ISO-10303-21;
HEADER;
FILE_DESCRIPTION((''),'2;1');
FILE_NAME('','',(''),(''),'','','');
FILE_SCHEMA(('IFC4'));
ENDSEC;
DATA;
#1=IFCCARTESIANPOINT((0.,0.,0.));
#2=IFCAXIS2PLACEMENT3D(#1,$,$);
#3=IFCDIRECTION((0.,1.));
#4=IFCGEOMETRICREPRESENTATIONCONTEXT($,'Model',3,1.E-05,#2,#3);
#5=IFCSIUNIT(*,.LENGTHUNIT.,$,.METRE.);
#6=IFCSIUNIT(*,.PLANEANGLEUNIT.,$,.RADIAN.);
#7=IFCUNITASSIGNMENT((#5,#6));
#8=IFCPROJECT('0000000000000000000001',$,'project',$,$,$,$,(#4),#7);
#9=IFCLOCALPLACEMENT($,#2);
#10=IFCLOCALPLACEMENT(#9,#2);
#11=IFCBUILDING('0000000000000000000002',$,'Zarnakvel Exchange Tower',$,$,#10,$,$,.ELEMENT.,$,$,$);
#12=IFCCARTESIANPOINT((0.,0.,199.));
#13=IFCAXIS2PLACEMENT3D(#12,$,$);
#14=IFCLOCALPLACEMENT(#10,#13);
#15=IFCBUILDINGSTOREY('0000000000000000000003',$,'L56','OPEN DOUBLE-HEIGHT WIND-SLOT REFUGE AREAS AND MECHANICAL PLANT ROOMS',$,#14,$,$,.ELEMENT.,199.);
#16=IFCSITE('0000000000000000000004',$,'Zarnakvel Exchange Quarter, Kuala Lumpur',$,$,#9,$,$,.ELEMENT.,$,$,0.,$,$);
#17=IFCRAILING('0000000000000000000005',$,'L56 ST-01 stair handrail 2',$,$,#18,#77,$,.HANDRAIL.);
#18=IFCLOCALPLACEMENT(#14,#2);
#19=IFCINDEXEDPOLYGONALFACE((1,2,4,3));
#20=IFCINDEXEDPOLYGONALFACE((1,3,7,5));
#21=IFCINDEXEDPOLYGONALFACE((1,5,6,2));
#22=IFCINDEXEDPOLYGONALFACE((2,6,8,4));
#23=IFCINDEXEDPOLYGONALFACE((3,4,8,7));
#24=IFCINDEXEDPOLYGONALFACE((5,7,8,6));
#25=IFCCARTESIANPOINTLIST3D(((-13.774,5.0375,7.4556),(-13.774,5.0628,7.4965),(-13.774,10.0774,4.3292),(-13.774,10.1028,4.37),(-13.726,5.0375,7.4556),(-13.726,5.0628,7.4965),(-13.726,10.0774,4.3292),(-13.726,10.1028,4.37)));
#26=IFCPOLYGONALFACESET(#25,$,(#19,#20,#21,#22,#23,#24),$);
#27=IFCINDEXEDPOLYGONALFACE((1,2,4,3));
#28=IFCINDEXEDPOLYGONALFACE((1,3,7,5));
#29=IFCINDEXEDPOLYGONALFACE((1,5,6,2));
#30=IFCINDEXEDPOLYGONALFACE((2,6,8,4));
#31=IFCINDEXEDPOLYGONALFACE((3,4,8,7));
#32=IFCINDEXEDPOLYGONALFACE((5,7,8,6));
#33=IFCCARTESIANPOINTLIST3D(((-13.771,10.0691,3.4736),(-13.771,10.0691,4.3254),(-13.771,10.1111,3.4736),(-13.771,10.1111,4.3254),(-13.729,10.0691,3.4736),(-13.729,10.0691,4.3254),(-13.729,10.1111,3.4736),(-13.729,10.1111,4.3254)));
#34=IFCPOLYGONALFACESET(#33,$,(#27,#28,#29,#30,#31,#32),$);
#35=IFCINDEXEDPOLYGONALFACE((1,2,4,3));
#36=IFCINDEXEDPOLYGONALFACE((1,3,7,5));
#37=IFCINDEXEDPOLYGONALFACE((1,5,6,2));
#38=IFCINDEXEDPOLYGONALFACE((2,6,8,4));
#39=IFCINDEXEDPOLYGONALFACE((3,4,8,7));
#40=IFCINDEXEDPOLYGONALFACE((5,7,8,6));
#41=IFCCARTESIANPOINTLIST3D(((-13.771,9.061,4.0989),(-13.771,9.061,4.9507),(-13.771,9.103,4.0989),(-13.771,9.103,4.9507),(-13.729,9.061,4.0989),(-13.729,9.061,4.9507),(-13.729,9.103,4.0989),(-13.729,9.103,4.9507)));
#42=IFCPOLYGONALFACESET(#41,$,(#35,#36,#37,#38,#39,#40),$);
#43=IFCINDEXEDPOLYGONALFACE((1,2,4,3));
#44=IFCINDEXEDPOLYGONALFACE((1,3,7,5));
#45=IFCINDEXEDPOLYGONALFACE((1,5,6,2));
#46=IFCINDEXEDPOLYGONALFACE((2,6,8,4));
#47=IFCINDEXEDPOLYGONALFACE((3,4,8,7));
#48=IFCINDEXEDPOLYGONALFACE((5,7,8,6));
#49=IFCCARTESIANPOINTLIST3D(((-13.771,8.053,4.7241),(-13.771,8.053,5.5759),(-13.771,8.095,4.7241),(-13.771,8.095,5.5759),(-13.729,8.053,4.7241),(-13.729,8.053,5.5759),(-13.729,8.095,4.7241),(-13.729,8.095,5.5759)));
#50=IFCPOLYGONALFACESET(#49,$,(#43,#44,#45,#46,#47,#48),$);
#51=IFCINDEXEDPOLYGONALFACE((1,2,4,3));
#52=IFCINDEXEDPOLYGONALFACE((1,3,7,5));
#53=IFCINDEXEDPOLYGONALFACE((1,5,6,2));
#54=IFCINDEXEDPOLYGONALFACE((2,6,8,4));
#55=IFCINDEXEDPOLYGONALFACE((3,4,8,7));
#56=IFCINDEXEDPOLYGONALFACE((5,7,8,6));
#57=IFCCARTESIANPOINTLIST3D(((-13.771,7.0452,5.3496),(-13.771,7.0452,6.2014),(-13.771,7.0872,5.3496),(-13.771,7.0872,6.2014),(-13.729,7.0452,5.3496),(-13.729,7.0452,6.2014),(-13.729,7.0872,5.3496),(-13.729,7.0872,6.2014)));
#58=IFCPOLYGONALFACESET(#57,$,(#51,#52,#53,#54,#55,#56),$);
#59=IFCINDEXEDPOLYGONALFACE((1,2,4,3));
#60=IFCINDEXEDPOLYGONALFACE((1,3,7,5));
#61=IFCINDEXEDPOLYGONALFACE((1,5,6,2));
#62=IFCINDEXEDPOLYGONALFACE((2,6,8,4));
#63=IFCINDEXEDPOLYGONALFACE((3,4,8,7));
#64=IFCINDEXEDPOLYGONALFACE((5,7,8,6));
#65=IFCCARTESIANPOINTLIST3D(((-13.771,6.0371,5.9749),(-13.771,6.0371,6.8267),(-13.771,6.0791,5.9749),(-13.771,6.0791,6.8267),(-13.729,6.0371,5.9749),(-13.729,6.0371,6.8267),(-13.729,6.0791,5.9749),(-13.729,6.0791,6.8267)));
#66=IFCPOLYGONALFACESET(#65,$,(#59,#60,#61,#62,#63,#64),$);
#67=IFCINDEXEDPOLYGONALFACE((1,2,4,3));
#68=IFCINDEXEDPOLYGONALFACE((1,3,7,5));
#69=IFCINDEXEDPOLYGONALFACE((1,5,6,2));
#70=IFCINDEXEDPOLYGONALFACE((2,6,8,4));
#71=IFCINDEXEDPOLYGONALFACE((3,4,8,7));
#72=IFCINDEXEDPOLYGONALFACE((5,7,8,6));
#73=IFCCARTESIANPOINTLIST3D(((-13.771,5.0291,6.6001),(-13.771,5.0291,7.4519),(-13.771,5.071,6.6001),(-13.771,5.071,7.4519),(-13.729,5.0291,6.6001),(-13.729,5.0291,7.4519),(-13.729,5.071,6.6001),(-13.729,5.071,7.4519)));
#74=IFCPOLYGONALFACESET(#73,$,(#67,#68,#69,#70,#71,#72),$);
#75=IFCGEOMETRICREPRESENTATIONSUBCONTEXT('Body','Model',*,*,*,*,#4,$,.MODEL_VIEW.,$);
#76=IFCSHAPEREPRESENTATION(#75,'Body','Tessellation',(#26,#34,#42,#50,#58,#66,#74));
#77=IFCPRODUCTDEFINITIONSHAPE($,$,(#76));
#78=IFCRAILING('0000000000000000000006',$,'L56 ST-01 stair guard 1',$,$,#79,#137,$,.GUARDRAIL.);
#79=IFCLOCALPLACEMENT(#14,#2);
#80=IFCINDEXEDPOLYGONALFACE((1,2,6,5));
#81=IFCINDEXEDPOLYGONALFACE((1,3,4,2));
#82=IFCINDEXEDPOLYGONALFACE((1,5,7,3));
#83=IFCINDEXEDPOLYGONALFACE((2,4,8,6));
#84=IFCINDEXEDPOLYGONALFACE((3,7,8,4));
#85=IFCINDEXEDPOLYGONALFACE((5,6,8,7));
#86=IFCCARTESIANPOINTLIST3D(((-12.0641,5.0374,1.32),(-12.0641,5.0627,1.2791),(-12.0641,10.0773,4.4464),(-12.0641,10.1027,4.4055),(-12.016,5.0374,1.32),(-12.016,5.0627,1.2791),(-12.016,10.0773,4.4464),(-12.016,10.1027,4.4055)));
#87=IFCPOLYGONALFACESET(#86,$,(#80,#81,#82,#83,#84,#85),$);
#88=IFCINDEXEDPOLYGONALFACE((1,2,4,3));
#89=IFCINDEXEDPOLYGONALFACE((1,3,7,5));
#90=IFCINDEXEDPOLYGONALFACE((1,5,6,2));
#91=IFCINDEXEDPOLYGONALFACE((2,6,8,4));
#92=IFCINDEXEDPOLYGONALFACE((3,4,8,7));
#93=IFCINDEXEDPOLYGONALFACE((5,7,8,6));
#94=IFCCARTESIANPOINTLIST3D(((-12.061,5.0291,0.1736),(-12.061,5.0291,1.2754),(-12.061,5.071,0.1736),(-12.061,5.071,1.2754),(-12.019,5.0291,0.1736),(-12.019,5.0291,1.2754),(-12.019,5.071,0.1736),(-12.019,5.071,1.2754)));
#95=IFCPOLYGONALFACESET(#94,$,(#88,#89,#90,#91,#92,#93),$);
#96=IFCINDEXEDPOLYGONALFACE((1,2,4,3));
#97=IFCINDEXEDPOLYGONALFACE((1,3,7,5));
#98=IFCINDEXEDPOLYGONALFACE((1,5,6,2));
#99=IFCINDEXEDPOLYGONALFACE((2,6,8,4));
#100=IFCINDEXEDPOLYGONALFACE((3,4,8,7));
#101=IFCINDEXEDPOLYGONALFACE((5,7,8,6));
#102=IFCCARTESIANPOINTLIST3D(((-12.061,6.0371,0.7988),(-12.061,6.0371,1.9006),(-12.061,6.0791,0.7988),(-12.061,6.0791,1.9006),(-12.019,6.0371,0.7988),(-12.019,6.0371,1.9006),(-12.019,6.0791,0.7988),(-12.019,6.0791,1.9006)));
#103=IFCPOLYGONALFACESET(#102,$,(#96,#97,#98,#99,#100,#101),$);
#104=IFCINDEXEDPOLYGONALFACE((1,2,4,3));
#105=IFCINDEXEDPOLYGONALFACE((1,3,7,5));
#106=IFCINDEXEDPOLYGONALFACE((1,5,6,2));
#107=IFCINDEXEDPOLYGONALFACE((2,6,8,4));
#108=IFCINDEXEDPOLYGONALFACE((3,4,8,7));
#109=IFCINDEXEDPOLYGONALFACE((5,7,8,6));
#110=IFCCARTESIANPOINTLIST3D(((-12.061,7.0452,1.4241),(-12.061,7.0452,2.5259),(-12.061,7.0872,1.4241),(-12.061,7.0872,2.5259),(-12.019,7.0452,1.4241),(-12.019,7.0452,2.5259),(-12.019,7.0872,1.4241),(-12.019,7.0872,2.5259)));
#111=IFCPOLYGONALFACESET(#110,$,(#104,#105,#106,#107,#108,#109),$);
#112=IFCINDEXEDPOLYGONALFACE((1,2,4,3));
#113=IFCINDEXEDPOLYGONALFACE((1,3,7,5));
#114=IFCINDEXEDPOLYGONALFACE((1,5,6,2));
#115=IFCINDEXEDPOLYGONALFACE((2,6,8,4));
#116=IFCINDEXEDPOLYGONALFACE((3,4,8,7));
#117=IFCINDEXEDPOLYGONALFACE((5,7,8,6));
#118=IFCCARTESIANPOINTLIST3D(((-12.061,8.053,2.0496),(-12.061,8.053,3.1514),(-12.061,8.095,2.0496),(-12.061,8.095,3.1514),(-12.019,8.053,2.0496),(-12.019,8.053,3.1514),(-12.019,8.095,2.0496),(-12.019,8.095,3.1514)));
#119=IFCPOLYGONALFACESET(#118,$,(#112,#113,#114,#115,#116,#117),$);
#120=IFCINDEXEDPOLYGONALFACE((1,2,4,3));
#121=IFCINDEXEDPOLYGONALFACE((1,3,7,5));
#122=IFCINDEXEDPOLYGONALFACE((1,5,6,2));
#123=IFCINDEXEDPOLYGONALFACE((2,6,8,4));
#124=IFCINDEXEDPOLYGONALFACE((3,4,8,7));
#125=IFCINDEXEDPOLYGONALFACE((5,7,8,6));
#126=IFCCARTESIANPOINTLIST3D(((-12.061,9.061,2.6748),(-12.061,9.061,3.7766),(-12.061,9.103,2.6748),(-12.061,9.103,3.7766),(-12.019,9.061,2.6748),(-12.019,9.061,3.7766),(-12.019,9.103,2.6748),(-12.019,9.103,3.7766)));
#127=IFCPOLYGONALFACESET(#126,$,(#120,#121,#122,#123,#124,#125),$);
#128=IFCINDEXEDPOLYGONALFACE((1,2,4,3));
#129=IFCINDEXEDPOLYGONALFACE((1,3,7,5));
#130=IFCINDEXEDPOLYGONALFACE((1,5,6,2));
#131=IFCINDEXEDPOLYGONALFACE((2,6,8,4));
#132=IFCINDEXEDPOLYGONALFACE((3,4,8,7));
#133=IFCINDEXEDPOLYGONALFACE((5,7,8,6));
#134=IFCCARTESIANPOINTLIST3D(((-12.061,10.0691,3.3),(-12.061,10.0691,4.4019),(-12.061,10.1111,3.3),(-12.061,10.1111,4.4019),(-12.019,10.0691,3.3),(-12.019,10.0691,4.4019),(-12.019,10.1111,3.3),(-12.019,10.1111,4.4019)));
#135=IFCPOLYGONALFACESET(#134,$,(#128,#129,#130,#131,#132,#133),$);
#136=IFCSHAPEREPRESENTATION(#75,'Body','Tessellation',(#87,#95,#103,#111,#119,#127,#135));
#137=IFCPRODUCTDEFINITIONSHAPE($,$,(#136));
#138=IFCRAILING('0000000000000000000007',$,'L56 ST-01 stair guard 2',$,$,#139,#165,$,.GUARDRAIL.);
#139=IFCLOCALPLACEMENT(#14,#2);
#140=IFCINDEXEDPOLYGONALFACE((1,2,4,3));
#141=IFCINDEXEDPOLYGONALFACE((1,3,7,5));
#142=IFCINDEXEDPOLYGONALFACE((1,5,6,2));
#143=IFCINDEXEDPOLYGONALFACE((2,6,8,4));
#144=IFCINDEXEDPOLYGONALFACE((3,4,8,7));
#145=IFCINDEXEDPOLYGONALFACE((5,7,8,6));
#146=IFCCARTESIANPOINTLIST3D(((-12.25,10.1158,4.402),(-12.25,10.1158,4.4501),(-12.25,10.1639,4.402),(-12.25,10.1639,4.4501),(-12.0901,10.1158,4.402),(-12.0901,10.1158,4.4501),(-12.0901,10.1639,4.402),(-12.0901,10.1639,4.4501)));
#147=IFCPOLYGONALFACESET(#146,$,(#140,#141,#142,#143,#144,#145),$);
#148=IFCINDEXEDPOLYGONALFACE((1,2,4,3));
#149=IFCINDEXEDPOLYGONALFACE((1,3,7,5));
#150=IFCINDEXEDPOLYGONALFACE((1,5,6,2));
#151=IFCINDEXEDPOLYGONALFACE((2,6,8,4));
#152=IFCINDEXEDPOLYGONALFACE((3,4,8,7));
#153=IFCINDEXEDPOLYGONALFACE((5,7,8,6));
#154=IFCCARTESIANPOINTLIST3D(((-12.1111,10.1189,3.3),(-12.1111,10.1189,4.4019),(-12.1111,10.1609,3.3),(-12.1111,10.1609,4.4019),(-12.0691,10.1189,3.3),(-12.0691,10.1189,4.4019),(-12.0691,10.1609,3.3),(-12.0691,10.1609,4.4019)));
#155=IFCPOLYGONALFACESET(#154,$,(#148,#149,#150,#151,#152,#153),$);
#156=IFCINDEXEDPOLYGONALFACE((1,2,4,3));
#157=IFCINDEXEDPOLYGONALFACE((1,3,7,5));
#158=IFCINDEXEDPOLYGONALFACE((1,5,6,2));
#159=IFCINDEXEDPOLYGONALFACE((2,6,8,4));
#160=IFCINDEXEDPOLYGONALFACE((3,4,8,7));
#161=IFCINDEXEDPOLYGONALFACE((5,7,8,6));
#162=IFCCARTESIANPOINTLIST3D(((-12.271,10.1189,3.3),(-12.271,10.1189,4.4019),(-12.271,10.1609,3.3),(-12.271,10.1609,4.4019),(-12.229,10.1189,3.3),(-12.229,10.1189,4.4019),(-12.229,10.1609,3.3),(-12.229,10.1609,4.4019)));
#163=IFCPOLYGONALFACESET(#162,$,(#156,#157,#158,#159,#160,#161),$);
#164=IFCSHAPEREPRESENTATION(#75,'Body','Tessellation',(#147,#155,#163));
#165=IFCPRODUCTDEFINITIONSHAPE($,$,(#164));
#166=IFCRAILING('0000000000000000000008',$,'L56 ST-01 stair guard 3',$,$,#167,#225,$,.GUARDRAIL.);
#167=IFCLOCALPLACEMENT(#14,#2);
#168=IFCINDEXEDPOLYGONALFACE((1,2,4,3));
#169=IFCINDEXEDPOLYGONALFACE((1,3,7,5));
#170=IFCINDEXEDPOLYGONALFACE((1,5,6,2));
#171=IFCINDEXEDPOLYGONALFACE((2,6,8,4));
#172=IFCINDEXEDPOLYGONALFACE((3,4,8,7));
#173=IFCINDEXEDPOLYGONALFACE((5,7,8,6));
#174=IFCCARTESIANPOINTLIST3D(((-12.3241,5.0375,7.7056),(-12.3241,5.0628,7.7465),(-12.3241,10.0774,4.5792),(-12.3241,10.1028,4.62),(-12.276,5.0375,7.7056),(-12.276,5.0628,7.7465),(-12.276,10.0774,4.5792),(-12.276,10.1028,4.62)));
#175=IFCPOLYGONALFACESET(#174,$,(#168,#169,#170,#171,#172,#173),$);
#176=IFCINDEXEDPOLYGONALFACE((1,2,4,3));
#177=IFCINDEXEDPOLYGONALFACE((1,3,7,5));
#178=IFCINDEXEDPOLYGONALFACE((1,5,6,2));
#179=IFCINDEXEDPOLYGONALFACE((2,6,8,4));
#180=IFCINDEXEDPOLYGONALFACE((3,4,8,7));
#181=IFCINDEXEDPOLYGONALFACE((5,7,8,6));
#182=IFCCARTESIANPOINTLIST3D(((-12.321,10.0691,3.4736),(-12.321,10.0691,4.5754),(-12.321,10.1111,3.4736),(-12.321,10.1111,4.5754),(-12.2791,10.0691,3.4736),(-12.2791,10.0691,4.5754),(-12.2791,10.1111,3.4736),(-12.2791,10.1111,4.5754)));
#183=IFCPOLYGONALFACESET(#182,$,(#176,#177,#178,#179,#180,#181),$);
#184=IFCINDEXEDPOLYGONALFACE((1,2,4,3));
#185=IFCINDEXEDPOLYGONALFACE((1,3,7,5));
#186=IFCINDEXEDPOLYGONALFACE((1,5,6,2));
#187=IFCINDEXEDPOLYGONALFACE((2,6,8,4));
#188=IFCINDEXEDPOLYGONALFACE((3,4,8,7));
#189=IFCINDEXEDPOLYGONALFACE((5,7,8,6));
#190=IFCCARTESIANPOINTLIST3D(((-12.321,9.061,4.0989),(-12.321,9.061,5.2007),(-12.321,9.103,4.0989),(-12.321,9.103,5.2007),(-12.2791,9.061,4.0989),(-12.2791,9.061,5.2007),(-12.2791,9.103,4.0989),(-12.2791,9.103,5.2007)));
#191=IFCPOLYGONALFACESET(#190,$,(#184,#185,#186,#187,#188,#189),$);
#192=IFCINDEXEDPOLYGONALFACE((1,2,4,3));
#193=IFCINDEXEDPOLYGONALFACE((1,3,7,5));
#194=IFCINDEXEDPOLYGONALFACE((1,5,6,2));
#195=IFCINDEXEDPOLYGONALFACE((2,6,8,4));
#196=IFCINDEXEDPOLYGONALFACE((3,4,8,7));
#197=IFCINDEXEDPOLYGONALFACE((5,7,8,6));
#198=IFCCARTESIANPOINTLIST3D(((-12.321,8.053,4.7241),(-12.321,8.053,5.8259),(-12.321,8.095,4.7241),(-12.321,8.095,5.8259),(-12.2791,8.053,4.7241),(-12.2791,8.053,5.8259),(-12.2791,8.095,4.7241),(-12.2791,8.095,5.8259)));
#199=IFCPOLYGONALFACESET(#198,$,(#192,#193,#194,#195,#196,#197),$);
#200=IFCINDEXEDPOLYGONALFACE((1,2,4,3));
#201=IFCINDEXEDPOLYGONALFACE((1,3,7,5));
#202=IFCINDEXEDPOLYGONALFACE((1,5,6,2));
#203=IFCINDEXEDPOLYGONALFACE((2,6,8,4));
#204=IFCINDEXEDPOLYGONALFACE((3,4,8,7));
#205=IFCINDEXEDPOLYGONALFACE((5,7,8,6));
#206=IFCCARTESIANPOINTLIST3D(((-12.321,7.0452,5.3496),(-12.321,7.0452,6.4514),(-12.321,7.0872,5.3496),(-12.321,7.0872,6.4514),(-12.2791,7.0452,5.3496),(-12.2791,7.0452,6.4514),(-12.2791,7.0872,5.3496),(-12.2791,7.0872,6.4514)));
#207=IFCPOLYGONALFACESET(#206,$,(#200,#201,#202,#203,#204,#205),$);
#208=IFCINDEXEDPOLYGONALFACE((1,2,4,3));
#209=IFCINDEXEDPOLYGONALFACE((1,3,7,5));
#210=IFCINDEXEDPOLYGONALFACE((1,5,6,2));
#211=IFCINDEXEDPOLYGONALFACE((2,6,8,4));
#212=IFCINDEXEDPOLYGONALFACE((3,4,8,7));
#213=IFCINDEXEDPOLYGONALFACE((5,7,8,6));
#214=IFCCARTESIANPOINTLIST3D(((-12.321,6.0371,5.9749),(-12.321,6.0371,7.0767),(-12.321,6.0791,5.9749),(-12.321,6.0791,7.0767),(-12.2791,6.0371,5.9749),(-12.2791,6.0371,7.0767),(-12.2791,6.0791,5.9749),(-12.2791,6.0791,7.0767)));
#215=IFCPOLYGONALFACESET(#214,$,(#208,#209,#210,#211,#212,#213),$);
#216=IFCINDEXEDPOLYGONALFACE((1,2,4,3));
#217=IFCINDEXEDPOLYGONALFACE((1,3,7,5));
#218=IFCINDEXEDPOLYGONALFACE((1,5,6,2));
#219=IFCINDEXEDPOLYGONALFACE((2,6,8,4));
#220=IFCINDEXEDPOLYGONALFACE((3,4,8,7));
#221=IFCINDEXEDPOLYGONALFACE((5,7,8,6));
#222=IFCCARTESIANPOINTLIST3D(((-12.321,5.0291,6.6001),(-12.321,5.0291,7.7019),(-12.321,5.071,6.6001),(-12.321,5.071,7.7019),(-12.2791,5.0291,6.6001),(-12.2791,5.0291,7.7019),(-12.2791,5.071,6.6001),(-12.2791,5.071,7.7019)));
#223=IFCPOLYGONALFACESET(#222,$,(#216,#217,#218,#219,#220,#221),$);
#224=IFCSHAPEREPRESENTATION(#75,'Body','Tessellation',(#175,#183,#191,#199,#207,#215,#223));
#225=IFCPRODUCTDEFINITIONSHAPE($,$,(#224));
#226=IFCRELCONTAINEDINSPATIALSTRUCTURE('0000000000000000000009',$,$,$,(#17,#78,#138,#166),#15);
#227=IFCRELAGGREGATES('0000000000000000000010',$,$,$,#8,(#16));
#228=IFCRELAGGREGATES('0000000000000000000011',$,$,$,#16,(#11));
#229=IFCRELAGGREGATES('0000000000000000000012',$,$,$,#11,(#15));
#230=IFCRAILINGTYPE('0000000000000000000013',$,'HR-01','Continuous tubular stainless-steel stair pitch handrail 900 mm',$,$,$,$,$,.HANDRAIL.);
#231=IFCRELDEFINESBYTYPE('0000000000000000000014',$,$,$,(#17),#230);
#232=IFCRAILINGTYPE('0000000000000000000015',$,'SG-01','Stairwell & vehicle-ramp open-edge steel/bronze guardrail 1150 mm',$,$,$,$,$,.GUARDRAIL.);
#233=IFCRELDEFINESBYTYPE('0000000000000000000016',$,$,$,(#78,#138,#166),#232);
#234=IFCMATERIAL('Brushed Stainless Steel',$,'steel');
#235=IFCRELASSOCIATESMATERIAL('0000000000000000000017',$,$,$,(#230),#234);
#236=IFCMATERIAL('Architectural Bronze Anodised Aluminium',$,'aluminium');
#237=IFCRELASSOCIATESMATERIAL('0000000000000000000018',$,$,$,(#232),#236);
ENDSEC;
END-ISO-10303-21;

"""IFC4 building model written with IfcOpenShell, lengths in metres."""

from ifc_helpers import new_model, si_unit, direction, frame, origin, origin_2d, place, context, subcontext, project, spatial, rectangle, extrude, material, type_object, element, save


model = new_model("IFC4")

# Units and contexts
model_context = context("Model", 3, precision=1e-05, world=origin(), true_north=direction((0.0, 1.0)))
body_context = subcontext(model_context, "Body", "Model", "MODEL_VIEW")
ifc_project = project(units=[si_unit("LENGTHUNIT", "METRE"), si_unit("PLANEANGLEUNIT", "RADIAN")], contexts=[model_context])

# Site, building, storey
site_placement = place(None, origin())
site = spatial("IfcSite", under=ifc_project, at=site_placement, Name="Zarnakvel Exchange Quarter, Kuala Lumpur", CompositionType="ELEMENT", RefElevation=0.0)
building_placement = place(site_placement, origin())
building = spatial("IfcBuilding", under=site, at=building_placement, Name="Zarnakvel Exchange Tower", CompositionType="ELEMENT")
storey_placement = place(building_placement, frame((0.0, 0.0, 199.0)))
storey = spatial("IfcBuildingStorey", under=building, at=storey_placement, Name="L56", Description="OPEN DOUBLE-HEIGHT WIND-SLOT REFUGE AREAS AND MECHANICAL PLANT ROOMS", CompositionType="ELEMENT", Elevation=199.0)

# Railings
ifc_material_1 = material(Name="Brushed Stainless Steel", Category="steel")
railing_type_1 = type_object("IfcRailingType", Name="HR-01", Description="Continuous tubular stainless-steel stair pitch handrail 900 mm", PredefinedType="HANDRAIL", material=ifc_material_1)
railing_1_placement = place(storey_placement, frame((-13.75, 10.0901, 3.4736)))
element("IfcRailing", 1, at=railing_1_placement, inside=storey, type_object=railing_type_1, Name="L56 ST-01 stair handrail 2", PredefinedType="HANDRAIL", context=body_context, shape_type="SweptSolid", body=[
    extrude(rectangle(XDim=0.0481, YDim=0.0481, at=origin_2d()), frame((0.0, 0.0, 0.876), z_axis=(0.0, -0.849779, 0.527139), x_axis=(1.0, 0.0, 0.0)), (0.0, 0.0, 1.0), 5.9309),
    extrude(rectangle(XDim=0.042, YDim=0.042, at=origin_2d()), origin(), (0.0, 0.0, 1.0), 0.8518),
    extrude(rectangle(XDim=0.042, YDim=0.042, at=origin_2d()), frame((0.0, -1.0081, 0.6252)), (0.0, 0.0, 1.0), 0.8518),
    extrude(rectangle(XDim=0.042, YDim=0.042, at=origin_2d()), frame((0.0, -2.0161, 1.2505)), (0.0, 0.0, 1.0), 0.8518),
    extrude(rectangle(XDim=0.042, YDim=0.042, at=origin_2d()), frame((0.0, -3.0239, 1.876)), (0.0, 0.0, 1.0), 0.8518),
    extrude(rectangle(XDim=0.042, YDim=0.042, at=origin_2d()), frame((0.0, -4.032, 2.5012)), (0.0, 0.0, 1.0), 0.8518),
    extrude(rectangle(XDim=0.042, YDim=0.042, at=origin_2d()), frame((0.0, -5.04, 3.1265)), (0.0, 0.0, 1.0), 0.8518),
])
ifc_material_2 = material(Name="Architectural Bronze Anodised Aluminium", Category="aluminium")
railing_type_2 = type_object("IfcRailingType", Name="SG-01", Description="Stairwell & vehicle-ramp open-edge steel/bronze guardrail 1150 mm", PredefinedType="GUARDRAIL", material=ifc_material_2)
railing_2_placement = place(storey_placement, frame((-12.04, 5.05, 0.1736)))
element("IfcRailing", 2, at=railing_2_placement, inside=storey, type_object=railing_type_2, Name="L56 ST-01 stair guard 1", PredefinedType="GUARDRAIL", context=body_context, shape_type="SweptSolid", body=[
    extrude(rectangle(XDim=0.0481, YDim=0.0481, at=origin_2d()), frame((0.0, 0.0, 1.126), z_axis=(0.0, 0.849779, 0.527139), x_axis=(-1.0, 0.0, 0.0)), (0.0, 0.0, 1.0), 5.9309),
    extrude(rectangle(XDim=0.042, YDim=0.042, at=origin_2d()), origin(), (0.0, 0.0, 1.0), 1.1018),
    extrude(rectangle(XDim=0.042, YDim=0.042, at=origin_2d()), frame((0.0, 1.0081, 0.6252)), (0.0, 0.0, 1.0), 1.1018),
    extrude(rectangle(XDim=0.042, YDim=0.042, at=origin_2d()), frame((0.0, 2.0161, 1.2505)), (0.0, 0.0, 1.0), 1.1018),
    extrude(rectangle(XDim=0.042, YDim=0.042, at=origin_2d()), frame((0.0, 3.0239, 1.876)), (0.0, 0.0, 1.0), 1.1018),
    extrude(rectangle(XDim=0.042, YDim=0.042, at=origin_2d()), frame((0.0, 4.032, 2.5012)), (0.0, 0.0, 1.0), 1.1018),
    extrude(rectangle(XDim=0.042, YDim=0.042, at=origin_2d()), frame((0.0, 5.04, 3.1265)), (0.0, 0.0, 1.0), 1.1018),
])
railing_3_placement = place(storey_placement, frame((-12.0901, 10.1399, 3.3)))
element("IfcRailing", 3, at=railing_3_placement, inside=storey, type_object=railing_type_2, Name="L56 ST-01 stair guard 2", PredefinedType="GUARDRAIL", context=body_context, shape_type="SweptSolid", body=[
    extrude(rectangle(XDim=0.0481, YDim=0.0481, at=origin_2d()), frame((0.0, 0.0, 1.126), z_axis=(-1.0, 0.0, 0.0), x_axis=(0.0, -1.0, 0.0)), (0.0, 0.0, 1.0), 0.1599),
    extrude(rectangle(XDim=0.042, YDim=0.042, at=origin_2d()), origin(), (0.0, 0.0, 1.0), 1.1018),
    extrude(rectangle(XDim=0.042, YDim=0.042, at=origin_2d()), frame((-0.1599, 0.0, 0.0)), (0.0, 0.0, 1.0), 1.1018),
])
railing_4_placement = place(storey_placement, frame((-12.3, 10.0901, 3.4736)))
element("IfcRailing", 4, at=railing_4_placement, inside=storey, type_object=railing_type_2, Name="L56 ST-01 stair guard 3", PredefinedType="GUARDRAIL", context=body_context, shape_type="SweptSolid", body=[
    extrude(rectangle(XDim=0.0481, YDim=0.0481, at=origin_2d()), frame((0.0, 0.0, 1.126), z_axis=(0.0, -0.849779, 0.527139), x_axis=(1.0, 0.0, 0.0)), (0.0, 0.0, 1.0), 5.9309),
    extrude(rectangle(XDim=0.042, YDim=0.042, at=origin_2d()), origin(), (0.0, 0.0, 1.0), 1.1018),
    extrude(rectangle(XDim=0.042, YDim=0.042, at=origin_2d()), frame((0.0, -1.0081, 0.6252)), (0.0, 0.0, 1.0), 1.1018),
    extrude(rectangle(XDim=0.042, YDim=0.042, at=origin_2d()), frame((0.0, -2.0161, 1.2505)), (0.0, 0.0, 1.0), 1.1018),
    extrude(rectangle(XDim=0.042, YDim=0.042, at=origin_2d()), frame((0.0, -3.0239, 1.876)), (0.0, 0.0, 1.0), 1.1018),
    extrude(rectangle(XDim=0.042, YDim=0.042, at=origin_2d()), frame((0.0, -4.032, 2.5012)), (0.0, 0.0, 1.0), 1.1018),
    extrude(rectangle(XDim=0.042, YDim=0.042, at=origin_2d()), frame((0.0, -5.04, 3.1265)), (0.0, 0.0, 1.0), 1.1018),
])

save(model, "model.ifc")
